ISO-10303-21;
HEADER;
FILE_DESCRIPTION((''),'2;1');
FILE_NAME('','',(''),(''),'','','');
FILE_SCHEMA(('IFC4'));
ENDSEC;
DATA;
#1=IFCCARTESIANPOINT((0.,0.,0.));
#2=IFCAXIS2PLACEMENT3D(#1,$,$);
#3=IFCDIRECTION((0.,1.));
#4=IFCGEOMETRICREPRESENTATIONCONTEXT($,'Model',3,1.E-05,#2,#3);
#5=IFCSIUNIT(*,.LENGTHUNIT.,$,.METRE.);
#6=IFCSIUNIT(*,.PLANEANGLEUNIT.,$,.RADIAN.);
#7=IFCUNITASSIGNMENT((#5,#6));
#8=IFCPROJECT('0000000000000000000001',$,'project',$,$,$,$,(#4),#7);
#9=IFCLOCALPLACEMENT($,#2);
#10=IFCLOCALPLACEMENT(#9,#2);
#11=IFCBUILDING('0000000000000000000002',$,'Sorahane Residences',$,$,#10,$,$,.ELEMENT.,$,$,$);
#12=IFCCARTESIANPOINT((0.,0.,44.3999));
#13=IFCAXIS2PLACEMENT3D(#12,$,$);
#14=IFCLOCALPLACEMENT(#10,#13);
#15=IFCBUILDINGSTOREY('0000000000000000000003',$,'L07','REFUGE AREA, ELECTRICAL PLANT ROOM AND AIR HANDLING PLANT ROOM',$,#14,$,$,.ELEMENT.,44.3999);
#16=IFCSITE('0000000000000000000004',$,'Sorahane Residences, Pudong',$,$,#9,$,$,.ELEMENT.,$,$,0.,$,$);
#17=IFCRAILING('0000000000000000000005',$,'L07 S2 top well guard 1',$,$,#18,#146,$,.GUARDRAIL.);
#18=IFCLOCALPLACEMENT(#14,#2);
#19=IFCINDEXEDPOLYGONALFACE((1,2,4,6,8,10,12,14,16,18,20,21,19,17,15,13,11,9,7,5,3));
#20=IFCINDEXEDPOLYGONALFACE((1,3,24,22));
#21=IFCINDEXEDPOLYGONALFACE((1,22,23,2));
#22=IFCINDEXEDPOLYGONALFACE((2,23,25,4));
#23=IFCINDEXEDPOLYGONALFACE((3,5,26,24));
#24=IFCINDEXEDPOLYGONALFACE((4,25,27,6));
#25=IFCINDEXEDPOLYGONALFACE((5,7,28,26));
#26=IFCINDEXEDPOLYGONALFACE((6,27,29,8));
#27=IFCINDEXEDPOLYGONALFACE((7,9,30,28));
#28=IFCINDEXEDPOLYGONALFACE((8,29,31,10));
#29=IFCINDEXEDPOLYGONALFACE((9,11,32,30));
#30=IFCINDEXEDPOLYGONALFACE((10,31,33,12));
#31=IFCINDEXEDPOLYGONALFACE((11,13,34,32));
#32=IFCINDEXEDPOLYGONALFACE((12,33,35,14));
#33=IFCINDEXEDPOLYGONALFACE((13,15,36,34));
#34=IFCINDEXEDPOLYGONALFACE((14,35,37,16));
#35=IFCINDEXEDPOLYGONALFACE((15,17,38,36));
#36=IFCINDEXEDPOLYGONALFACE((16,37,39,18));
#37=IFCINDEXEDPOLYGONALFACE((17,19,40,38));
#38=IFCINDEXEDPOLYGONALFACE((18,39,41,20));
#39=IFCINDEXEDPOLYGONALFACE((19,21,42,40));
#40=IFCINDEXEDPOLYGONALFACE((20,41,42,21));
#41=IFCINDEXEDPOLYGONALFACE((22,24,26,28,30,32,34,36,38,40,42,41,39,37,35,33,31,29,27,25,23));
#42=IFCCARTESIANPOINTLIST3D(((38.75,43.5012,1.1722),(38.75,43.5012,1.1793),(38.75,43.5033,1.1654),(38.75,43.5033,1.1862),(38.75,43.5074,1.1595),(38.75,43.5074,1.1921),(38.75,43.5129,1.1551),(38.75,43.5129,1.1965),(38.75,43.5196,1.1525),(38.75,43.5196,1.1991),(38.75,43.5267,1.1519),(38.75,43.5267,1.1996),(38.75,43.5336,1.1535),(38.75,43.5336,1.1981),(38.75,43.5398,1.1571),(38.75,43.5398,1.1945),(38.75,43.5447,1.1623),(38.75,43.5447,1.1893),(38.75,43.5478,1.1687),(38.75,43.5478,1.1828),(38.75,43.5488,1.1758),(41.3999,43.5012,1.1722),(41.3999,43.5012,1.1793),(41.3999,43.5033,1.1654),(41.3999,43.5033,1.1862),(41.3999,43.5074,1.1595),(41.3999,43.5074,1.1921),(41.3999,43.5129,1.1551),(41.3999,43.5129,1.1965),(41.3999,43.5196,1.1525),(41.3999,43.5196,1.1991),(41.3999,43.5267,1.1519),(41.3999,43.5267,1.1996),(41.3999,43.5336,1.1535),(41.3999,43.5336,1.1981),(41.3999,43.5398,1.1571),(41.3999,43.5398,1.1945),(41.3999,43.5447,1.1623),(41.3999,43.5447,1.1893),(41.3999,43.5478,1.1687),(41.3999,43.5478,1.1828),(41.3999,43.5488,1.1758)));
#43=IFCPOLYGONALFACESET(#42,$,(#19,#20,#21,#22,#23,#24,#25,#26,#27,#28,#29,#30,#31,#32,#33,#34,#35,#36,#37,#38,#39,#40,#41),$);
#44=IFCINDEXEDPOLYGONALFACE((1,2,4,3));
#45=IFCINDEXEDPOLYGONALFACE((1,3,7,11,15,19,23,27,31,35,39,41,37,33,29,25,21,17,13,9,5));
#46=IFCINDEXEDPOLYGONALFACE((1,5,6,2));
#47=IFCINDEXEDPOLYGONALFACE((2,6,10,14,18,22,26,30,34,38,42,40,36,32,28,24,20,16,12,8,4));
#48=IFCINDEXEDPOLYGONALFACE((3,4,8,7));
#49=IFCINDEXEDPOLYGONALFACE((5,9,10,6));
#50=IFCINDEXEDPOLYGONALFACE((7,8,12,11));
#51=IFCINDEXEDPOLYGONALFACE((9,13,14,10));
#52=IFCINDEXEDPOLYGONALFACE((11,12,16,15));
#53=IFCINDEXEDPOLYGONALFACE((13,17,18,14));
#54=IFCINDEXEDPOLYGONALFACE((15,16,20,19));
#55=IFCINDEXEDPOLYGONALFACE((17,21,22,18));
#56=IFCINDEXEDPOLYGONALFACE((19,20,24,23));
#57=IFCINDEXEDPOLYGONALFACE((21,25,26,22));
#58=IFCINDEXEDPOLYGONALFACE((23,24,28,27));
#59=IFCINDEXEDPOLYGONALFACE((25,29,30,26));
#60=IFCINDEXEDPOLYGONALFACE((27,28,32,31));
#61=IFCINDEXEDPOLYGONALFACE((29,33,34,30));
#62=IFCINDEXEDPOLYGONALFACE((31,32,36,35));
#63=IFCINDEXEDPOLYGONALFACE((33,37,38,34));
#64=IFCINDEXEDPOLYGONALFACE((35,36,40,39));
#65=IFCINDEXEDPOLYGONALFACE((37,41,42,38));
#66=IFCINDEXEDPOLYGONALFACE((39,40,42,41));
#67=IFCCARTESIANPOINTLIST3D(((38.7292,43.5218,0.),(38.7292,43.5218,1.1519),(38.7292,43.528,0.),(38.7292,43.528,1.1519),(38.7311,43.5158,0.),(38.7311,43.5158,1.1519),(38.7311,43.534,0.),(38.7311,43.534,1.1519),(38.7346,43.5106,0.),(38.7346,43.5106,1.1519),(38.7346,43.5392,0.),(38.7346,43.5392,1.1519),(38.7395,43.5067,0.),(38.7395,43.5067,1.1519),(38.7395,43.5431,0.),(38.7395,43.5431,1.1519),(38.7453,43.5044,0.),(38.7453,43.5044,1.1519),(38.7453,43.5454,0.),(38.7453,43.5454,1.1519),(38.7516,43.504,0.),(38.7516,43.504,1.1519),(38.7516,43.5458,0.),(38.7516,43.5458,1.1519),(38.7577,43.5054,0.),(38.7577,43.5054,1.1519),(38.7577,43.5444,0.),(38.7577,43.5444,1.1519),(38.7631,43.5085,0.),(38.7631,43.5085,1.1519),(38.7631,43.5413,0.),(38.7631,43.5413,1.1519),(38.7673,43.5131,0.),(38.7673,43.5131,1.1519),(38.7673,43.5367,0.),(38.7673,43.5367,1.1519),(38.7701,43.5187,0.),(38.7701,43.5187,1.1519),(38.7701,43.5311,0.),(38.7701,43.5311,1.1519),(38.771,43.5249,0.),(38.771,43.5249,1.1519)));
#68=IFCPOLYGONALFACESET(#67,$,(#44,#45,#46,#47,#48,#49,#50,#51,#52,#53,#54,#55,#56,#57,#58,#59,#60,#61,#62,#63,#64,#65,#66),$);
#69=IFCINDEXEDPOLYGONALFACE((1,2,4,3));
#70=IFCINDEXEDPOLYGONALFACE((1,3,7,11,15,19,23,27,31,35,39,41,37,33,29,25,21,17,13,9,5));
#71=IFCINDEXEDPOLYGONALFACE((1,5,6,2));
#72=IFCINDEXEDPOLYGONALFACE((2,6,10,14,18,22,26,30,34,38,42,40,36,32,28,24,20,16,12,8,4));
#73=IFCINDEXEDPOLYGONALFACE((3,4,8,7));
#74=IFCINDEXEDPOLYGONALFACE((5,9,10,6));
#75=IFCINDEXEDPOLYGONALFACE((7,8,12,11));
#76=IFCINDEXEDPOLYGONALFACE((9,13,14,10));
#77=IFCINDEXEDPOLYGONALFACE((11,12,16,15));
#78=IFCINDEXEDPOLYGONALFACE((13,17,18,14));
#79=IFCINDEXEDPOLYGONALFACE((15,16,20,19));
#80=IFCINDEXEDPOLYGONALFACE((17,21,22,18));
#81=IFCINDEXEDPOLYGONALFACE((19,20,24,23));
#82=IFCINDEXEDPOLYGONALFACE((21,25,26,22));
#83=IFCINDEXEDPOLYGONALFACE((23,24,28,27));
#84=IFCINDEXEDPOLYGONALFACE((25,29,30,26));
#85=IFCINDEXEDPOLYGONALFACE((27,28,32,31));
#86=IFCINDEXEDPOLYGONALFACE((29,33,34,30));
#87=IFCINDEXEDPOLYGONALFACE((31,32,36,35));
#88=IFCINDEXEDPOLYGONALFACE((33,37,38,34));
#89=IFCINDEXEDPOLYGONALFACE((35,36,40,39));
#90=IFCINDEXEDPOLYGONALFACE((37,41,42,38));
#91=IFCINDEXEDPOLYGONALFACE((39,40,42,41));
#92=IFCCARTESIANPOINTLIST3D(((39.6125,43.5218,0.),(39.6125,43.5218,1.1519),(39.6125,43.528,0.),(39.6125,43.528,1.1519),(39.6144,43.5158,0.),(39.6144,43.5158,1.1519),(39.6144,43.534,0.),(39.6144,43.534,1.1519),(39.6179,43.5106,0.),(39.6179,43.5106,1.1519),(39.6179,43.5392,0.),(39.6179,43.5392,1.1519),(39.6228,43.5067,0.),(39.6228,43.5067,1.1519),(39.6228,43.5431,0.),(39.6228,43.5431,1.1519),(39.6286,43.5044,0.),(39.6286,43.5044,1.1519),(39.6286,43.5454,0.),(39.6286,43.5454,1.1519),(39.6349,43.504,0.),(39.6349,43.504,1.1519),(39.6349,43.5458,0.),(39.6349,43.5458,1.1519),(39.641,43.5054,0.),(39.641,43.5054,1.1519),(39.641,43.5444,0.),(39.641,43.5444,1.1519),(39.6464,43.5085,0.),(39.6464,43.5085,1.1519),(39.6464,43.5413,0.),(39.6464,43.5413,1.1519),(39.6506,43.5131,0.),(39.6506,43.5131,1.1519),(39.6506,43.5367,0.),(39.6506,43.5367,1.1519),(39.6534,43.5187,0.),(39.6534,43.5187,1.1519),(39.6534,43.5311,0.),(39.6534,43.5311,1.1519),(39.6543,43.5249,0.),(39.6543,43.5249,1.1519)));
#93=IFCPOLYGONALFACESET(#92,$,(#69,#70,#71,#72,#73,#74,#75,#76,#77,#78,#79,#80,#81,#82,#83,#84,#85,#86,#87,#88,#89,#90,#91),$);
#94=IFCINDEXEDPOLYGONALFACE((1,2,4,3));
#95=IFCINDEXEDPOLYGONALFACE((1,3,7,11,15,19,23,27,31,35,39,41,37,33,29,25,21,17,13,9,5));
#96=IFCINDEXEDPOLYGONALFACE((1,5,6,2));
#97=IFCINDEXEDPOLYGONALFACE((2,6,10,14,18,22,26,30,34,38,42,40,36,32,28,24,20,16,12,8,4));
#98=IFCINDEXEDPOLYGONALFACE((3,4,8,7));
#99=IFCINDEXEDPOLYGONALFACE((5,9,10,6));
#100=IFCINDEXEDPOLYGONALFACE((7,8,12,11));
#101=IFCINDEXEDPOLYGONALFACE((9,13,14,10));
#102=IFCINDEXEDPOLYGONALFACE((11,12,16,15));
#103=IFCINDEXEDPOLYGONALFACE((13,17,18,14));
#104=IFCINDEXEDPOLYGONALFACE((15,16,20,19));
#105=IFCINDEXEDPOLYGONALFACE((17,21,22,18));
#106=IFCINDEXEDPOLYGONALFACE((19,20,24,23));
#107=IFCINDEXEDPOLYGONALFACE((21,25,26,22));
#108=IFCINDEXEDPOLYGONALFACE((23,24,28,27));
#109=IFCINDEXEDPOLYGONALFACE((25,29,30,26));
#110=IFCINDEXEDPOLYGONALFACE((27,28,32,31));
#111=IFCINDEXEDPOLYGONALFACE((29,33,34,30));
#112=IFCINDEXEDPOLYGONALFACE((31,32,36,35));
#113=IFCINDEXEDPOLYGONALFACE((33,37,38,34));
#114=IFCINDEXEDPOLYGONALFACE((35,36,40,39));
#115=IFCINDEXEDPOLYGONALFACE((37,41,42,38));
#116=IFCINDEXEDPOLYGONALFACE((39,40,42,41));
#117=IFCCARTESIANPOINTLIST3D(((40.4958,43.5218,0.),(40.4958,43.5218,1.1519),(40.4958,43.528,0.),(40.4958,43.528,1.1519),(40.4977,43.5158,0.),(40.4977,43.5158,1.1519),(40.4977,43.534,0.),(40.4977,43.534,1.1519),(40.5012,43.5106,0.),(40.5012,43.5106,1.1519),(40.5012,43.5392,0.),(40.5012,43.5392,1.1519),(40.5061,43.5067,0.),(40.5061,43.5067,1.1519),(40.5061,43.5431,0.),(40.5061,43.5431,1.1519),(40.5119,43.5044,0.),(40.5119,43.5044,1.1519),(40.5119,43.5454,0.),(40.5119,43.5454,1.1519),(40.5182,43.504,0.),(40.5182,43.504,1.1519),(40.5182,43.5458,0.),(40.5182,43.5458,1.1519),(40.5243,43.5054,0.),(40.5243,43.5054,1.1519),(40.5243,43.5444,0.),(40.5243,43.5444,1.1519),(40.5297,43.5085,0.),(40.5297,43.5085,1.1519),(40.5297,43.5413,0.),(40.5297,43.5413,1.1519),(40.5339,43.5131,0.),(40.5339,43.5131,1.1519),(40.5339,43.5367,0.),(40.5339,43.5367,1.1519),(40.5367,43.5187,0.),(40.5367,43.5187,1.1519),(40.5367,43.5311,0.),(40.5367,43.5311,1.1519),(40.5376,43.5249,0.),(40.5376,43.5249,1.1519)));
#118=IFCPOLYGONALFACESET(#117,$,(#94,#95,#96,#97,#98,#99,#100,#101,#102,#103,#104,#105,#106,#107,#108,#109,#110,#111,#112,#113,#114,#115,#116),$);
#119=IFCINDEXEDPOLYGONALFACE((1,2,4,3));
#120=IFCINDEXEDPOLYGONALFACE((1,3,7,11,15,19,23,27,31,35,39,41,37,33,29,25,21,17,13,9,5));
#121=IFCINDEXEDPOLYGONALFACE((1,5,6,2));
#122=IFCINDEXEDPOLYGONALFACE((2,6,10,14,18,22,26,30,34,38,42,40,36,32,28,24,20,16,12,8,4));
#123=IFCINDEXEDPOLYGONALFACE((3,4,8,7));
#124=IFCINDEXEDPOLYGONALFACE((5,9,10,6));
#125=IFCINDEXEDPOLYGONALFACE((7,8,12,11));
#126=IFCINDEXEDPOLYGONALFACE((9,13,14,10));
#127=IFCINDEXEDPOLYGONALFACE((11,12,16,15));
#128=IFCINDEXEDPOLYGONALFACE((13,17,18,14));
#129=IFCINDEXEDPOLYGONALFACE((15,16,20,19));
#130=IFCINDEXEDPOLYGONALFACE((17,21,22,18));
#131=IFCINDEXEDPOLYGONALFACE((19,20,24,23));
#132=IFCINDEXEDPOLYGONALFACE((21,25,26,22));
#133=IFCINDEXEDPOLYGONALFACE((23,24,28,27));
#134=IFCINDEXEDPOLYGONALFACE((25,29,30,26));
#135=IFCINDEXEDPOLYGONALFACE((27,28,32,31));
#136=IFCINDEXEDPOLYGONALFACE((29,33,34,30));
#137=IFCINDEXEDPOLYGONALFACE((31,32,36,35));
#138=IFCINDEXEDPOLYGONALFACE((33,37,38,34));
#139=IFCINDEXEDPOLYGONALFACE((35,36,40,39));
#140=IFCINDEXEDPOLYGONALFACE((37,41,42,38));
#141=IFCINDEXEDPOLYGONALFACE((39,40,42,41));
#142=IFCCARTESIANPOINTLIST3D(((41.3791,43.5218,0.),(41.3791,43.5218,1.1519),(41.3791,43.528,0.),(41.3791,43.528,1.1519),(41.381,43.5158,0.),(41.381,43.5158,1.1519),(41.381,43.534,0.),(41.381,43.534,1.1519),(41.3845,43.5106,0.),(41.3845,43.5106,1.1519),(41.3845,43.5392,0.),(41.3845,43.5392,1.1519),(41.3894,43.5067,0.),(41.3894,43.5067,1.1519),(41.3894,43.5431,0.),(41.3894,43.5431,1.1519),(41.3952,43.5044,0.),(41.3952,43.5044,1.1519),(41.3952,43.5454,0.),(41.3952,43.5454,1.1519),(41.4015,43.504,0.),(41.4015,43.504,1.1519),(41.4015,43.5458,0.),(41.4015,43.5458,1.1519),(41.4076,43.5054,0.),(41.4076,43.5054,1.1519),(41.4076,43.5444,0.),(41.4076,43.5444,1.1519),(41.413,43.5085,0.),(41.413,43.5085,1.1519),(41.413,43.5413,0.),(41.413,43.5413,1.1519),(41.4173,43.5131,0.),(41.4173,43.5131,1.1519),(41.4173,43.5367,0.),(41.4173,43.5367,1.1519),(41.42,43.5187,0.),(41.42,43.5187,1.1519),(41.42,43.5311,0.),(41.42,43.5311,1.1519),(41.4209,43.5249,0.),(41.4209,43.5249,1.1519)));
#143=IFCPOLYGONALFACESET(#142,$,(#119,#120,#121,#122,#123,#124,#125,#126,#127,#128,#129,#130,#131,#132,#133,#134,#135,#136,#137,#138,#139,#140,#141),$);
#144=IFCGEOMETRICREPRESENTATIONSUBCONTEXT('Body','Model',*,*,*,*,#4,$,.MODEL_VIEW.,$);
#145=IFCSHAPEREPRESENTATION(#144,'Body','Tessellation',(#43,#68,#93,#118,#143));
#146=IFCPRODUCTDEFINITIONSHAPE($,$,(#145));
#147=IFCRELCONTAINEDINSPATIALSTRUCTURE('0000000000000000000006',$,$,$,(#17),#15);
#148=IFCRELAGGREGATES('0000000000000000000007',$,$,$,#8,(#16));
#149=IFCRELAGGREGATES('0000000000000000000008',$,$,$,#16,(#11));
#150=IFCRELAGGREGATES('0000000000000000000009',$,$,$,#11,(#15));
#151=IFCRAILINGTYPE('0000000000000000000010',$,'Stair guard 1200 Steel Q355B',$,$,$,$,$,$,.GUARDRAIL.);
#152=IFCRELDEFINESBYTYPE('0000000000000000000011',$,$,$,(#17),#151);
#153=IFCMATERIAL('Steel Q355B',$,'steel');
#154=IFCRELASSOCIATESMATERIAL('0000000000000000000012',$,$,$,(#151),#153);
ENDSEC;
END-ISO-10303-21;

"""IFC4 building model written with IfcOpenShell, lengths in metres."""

from ifc_helpers import new_model, si_unit, direction, frame, origin, origin_2d, place, context, subcontext, project, spatial, circle, extrude, material, type_object, element, save


model = new_model("IFC4")

# Units and contexts
model_context = context("Model", 3, precision=1e-05, world=origin(), true_north=direction((0.0, 1.0)))
body_context = subcontext(model_context, "Body", "Model", "MODEL_VIEW")
ifc_project = project(units=[si_unit("LENGTHUNIT", "METRE"), si_unit("PLANEANGLEUNIT", "RADIAN")], contexts=[model_context])

# Site, building, storey
site_placement = place(None, origin())
site = spatial("IfcSite", under=ifc_project, at=site_placement, Name="Sorahane Residences, Pudong", CompositionType="ELEMENT", RefElevation=0.0)
building_placement = place(site_placement, origin())
building = spatial("IfcBuilding", under=site, at=building_placement, Name="Sorahane Residences", CompositionType="ELEMENT")
storey_placement = place(building_placement, frame((0.0, 0.0, 44.3999)))
storey = spatial("IfcBuildingStorey", under=building, at=storey_placement, Name="L07", Description="REFUGE AREA, ELECTRICAL PLANT ROOM AND AIR HANDLING PLANT ROOM", CompositionType="ELEMENT", Elevation=44.3999)

# Railing
ifc_material_1 = material(Name="Steel Q355B", Category="steel")
railing_type = type_object("IfcRailingType", Name="Stair guard 1200 Steel Q355B", PredefinedType="GUARDRAIL", material=ifc_material_1)
for number, where, name in (
    (1, (38.75, 43.5249, 0.0), "L07 S2 top well guard 1"),
):
    element("IfcRailing", number, at=place(storey_placement, frame(where)), inside=storey, type_object=railing_type, Name=name, PredefinedType="GUARDRAIL", context=body_context, shape_type="SweptSolid", body=[
        extrude(circle(Radius=0.0239, at=origin_2d()), frame((0.0, 0.0, 1.1758), z_axis=(1.0, 0.0, 0.0), x_axis=(0.0, 1.0, 0.0)), (0.0, 0.0, 1.0), 2.6499),
        extrude(circle(Radius=0.021, at=origin_2d()), origin(), (0.0, 0.0, 1.0), 1.1519),
        extrude(circle(Radius=0.021, at=origin_2d()), frame((0.8833, 0.0, 0.0)), (0.0, 0.0, 1.0), 1.1519),
        extrude(circle(Radius=0.021, at=origin_2d()), frame((1.7666, 0.0, 0.0)), (0.0, 0.0, 1.0), 1.1519),
        extrude(circle(Radius=0.021, at=origin_2d()), frame((2.6499, 0.0, 0.0)), (0.0, 0.0, 1.0), 1.1519),
    ])

save(model, "model.ifc")
